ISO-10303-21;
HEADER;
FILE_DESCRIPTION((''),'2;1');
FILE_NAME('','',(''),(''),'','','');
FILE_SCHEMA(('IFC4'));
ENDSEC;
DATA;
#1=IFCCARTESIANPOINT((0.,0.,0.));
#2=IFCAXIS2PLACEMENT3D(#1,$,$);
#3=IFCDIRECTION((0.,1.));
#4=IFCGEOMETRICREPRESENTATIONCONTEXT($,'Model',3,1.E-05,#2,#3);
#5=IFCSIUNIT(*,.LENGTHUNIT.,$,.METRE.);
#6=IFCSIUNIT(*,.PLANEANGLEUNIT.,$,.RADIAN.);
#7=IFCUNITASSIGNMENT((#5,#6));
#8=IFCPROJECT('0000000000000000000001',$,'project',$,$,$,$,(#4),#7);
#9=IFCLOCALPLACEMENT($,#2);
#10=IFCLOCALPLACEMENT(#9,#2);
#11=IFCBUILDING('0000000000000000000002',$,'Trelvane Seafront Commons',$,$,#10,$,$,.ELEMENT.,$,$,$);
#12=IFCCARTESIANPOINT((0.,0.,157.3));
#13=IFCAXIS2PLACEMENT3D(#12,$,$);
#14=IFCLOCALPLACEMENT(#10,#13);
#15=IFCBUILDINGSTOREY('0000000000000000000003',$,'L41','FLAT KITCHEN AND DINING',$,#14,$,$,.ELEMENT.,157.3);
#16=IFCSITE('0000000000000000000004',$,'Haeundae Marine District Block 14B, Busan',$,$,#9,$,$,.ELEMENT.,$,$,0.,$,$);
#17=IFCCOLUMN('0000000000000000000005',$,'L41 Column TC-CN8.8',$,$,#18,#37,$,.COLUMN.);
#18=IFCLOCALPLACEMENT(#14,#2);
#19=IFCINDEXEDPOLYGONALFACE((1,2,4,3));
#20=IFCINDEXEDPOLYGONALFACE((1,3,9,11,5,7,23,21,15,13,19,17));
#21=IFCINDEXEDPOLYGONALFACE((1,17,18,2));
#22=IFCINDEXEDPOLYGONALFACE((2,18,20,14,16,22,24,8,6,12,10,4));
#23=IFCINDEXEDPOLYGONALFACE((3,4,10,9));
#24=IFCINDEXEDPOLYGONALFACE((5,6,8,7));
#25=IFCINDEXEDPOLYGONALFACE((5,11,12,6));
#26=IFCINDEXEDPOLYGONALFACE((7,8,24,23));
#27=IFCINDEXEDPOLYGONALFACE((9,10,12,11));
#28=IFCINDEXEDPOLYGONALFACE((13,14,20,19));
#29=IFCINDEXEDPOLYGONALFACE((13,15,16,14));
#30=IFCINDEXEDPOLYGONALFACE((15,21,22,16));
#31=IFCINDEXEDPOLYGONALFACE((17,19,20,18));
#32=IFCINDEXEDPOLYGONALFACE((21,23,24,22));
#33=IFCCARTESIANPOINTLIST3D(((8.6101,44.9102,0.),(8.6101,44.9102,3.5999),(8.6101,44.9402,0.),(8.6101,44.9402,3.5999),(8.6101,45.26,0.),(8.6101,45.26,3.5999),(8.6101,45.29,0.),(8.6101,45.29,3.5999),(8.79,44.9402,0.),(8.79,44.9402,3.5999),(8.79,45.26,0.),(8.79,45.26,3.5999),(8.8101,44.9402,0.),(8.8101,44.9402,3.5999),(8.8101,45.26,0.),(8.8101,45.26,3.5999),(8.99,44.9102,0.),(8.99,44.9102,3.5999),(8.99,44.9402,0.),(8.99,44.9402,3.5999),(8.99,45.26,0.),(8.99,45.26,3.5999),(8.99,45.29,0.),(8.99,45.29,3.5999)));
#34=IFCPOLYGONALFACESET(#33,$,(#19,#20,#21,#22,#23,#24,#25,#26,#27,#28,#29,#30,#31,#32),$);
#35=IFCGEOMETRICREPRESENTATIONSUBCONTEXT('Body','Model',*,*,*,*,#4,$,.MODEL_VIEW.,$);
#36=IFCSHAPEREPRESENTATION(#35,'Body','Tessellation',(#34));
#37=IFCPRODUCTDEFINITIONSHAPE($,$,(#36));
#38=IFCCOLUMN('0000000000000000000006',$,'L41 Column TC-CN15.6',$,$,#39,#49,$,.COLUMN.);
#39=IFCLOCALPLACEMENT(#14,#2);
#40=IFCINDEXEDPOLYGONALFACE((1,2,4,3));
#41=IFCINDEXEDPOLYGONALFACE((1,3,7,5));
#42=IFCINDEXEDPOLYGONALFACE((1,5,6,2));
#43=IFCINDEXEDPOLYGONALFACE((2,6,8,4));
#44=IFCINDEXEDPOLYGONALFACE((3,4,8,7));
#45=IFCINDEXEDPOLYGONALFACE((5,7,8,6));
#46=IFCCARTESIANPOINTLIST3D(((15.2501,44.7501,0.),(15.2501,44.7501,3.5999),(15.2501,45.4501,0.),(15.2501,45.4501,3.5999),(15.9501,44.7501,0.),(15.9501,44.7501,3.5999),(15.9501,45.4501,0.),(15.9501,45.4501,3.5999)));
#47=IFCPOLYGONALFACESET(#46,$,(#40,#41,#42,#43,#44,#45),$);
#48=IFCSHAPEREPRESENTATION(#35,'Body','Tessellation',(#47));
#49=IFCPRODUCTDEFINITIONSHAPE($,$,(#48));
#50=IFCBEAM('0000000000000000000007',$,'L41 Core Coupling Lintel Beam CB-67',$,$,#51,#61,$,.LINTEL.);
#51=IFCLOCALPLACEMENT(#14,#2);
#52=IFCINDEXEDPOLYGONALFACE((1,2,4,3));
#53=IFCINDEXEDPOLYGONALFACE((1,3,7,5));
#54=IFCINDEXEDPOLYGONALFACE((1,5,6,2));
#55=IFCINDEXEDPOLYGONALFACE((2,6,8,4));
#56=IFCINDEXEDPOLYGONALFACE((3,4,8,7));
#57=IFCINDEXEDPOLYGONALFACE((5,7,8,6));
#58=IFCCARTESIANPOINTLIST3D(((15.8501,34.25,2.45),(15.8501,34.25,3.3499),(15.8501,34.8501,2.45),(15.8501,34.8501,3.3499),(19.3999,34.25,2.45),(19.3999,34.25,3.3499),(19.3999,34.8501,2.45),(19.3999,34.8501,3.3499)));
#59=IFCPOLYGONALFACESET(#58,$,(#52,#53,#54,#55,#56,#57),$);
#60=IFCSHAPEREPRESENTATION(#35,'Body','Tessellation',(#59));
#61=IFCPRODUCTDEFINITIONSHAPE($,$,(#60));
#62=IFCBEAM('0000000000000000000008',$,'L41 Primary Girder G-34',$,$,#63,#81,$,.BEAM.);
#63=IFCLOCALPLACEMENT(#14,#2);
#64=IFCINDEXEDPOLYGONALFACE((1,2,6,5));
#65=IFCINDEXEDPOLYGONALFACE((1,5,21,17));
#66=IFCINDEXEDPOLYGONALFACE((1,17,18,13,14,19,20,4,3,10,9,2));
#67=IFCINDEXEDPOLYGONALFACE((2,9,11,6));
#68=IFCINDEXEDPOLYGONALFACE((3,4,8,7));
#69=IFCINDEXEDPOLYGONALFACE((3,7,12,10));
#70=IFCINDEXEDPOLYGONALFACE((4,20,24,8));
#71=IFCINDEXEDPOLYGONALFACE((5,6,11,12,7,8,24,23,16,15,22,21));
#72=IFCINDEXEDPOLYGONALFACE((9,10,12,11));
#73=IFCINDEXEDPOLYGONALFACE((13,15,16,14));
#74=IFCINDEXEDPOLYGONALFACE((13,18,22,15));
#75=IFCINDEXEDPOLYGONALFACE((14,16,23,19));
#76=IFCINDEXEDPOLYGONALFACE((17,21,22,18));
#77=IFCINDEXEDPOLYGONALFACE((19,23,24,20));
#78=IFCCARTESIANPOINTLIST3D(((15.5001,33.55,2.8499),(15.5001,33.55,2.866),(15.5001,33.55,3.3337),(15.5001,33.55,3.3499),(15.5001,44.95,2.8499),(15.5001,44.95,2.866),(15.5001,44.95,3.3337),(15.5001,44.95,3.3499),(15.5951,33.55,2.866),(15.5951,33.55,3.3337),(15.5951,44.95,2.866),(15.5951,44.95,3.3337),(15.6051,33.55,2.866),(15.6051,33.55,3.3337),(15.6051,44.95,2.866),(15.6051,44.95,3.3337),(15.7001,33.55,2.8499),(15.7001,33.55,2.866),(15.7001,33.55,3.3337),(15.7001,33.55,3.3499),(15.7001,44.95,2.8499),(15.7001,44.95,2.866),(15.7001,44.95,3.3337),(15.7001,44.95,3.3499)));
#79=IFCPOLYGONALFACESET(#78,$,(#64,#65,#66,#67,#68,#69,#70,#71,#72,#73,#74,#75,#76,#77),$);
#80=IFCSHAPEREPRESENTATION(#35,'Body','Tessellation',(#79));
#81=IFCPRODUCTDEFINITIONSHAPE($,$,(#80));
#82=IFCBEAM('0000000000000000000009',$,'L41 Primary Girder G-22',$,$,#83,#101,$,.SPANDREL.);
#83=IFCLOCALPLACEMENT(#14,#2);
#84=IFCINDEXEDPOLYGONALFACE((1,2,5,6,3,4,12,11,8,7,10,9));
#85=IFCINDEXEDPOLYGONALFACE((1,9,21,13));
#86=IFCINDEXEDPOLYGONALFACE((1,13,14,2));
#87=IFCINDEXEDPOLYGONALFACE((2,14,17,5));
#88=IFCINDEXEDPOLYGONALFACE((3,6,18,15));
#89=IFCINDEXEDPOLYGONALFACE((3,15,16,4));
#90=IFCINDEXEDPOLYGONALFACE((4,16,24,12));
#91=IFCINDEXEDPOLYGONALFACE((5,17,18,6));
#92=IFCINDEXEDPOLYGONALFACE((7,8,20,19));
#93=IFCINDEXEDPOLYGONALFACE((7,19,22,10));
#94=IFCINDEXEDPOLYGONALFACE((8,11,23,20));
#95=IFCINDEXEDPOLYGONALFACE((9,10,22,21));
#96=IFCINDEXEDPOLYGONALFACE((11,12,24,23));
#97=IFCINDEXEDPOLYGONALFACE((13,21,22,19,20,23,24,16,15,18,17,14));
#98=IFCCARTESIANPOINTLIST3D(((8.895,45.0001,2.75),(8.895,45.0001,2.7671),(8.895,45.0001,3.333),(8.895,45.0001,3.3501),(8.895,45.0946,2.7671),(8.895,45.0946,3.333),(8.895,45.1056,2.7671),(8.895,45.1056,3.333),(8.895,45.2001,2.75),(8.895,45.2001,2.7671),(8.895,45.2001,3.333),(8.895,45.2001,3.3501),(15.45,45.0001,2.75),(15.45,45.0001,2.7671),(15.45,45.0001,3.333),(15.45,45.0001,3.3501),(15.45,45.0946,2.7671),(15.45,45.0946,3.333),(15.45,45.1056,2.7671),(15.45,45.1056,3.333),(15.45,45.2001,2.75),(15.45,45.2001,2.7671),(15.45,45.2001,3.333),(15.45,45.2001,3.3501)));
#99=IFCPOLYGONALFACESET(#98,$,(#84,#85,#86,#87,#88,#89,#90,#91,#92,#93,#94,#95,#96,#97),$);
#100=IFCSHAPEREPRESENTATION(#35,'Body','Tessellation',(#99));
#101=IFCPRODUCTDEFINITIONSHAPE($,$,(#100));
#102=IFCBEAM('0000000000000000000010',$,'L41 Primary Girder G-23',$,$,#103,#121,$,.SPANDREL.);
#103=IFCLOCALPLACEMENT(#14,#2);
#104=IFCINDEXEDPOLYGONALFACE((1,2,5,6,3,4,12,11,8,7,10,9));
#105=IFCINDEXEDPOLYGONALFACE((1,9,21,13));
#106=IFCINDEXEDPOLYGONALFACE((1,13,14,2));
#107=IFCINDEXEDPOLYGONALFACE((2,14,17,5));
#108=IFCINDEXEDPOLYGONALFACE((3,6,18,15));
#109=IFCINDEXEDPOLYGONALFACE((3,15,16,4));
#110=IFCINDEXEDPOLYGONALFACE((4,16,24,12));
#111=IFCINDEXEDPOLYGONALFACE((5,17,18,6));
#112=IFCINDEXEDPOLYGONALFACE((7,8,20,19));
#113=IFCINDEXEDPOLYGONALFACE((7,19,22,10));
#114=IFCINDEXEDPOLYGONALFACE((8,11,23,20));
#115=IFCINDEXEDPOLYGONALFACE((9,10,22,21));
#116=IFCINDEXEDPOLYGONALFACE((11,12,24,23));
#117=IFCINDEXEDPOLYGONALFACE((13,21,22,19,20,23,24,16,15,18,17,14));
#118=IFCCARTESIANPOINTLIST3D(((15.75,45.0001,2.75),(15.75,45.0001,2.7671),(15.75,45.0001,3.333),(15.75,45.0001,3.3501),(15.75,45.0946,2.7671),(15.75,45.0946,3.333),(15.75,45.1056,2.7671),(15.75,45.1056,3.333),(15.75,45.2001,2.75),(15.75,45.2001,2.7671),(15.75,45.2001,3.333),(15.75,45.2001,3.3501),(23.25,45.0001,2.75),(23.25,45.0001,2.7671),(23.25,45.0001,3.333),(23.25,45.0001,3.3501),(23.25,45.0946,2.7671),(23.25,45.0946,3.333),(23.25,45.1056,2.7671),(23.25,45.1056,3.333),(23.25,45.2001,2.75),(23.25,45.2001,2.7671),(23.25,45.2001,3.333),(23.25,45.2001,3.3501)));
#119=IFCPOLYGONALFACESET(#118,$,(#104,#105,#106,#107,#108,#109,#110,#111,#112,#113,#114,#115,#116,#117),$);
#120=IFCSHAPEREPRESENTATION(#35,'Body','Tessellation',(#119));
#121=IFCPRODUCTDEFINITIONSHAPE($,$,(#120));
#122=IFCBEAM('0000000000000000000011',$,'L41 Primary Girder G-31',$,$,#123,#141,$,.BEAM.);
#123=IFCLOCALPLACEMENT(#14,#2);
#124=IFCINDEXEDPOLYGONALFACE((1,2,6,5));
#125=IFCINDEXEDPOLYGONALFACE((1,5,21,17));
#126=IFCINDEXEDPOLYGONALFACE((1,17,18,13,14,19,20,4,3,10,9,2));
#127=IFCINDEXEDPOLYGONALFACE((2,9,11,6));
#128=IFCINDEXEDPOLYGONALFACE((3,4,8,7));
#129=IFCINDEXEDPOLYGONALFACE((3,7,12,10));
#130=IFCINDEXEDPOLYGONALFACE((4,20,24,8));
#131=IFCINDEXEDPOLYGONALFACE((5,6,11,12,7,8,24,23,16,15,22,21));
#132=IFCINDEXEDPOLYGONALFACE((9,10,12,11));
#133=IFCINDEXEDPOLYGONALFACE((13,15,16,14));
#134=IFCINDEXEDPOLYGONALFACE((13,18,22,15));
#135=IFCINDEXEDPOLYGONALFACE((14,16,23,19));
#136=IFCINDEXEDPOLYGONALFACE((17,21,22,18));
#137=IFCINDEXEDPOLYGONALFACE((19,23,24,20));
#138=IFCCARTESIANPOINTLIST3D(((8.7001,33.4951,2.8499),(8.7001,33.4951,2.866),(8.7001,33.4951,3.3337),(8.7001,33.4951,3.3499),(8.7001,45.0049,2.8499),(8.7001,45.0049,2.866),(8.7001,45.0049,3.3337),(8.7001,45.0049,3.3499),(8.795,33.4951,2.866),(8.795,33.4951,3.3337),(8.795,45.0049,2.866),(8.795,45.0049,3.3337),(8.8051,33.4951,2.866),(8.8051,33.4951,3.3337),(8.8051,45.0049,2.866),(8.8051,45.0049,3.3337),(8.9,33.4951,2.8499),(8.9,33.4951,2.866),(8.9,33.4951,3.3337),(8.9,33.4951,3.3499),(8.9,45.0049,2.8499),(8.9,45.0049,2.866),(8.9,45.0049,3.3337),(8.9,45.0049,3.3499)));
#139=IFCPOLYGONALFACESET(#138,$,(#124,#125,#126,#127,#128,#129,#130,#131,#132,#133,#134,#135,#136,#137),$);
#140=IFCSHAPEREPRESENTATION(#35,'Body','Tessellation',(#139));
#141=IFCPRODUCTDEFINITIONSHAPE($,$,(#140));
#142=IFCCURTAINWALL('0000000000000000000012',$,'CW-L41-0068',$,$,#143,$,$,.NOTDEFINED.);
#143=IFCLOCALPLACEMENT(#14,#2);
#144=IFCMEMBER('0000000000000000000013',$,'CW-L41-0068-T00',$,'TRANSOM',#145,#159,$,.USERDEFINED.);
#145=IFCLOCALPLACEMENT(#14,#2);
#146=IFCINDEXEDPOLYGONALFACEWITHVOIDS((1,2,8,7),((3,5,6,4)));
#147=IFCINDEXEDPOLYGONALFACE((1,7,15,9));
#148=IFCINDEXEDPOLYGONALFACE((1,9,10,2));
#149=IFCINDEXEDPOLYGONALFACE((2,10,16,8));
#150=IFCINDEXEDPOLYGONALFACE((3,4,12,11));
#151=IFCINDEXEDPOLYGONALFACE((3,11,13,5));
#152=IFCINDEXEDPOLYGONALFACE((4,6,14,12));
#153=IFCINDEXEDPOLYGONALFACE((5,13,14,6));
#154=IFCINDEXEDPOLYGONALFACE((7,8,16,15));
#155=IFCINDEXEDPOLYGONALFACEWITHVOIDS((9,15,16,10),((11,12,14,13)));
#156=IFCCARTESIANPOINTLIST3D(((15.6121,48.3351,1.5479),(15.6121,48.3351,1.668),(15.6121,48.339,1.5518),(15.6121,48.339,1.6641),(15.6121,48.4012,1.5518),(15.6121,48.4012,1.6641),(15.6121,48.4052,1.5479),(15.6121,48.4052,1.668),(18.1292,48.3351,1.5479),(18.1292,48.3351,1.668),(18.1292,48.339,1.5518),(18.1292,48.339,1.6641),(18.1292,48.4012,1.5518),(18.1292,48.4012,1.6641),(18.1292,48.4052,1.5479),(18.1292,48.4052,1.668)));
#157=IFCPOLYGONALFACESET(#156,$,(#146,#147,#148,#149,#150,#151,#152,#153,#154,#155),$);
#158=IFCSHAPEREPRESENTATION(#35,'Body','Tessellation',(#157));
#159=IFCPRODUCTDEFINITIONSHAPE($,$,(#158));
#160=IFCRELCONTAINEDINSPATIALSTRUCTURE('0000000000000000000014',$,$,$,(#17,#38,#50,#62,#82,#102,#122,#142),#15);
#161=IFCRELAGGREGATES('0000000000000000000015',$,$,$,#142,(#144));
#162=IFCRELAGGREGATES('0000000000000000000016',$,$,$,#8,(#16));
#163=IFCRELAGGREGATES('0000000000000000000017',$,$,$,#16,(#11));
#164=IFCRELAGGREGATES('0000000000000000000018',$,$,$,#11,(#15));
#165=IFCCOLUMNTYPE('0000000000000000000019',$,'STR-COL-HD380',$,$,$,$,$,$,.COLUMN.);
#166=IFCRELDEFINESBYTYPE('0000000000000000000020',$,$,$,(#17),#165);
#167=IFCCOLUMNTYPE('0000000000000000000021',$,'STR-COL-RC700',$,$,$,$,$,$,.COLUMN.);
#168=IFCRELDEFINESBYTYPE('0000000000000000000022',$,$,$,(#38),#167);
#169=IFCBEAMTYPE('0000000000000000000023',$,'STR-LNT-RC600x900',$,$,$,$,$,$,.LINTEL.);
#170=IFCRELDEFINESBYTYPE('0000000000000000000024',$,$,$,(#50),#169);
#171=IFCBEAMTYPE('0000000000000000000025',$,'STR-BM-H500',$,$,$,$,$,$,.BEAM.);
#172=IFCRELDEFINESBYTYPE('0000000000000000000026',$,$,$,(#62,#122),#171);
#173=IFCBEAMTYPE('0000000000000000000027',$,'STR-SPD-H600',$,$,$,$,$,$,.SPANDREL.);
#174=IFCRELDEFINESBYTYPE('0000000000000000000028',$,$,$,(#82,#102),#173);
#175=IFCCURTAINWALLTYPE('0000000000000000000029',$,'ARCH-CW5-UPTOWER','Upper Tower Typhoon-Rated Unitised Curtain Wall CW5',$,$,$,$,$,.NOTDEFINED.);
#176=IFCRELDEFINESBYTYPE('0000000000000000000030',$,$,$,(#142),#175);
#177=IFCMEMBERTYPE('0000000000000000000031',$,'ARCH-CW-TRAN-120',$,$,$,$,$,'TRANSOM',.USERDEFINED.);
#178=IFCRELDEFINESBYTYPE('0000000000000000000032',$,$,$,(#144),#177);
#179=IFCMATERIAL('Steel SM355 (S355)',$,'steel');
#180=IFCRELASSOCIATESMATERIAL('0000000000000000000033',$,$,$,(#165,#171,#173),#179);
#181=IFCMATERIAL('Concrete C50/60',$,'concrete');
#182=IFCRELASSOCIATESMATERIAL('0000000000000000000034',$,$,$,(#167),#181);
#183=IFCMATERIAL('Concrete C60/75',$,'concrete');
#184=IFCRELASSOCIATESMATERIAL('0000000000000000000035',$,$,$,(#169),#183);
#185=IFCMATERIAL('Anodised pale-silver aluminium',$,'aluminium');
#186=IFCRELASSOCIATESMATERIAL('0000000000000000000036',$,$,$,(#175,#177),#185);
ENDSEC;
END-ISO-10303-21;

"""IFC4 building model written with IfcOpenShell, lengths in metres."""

from ifc_helpers import new_model, si_unit, direction, frame, origin, origin_2d, place, context, subcontext, project, spatial, rectangle, hollow_rectangle, i_section, extrude, source, transform, mapped, material, material_profile, profile_set, type_object, element, aggregate, save


model = new_model("IFC4")

# Units and contexts
model_context = context("Model", 3, precision=1e-05, world=origin(), true_north=direction((0.0, 1.0)))
body_context = subcontext(model_context, "Body", "Model", "MODEL_VIEW")
ifc_project = project(units=[si_unit("LENGTHUNIT", "METRE"), si_unit("PLANEANGLEUNIT", "RADIAN")], contexts=[model_context])

# Site, building, storey
site_placement = place(None, origin())
site = spatial("IfcSite", under=ifc_project, at=site_placement, Name="Haeundae Marine District Block 14B, Busan", CompositionType="ELEMENT", RefElevation=0.0)
building_placement = place(site_placement, origin())
building = spatial("IfcBuilding", under=site, at=building_placement, Name="Trelvane Seafront Commons", CompositionType="ELEMENT")
storey_placement = place(building_placement, frame((0.0, 0.0, 157.3)))
storey = spatial("IfcBuildingStorey", under=building, at=storey_placement, Name="L41", Description="FLAT KITCHEN AND DINING", CompositionType="ELEMENT", Elevation=157.3)

# Columns
ifc_material_1 = material(Name="Steel SM355 (S355)", Category="steel")
ifc_material_profile_1 = material_profile(ifc_material_1, i_section(OverallWidth=0.3799, OverallDepth=0.3799, WebThickness=0.02, FlangeThickness=0.03, at=origin_2d()), Name="HD-380x380x20x30")
ifc_profile_set_1 = profile_set([ifc_material_profile_1], Name="Steel SM355 (S355)")
column_type_1 = type_object("IfcColumnType", Name="STR-COL-HD380", PredefinedType="COLUMN", material=ifc_profile_set_1)
shared_shape_1 = source(origin(), body_context, "Body", "SweptSolid", [
    extrude(i_section(OverallWidth=0.3799, OverallDepth=0.3799, WebThickness=0.02, FlangeThickness=0.03, at=origin_2d()), origin(), (0.0, 0.0, 1.0), 3.5999),
])
column_1_placement = place(storey_placement, frame((8.8, 45.1001, 0.0), z_axis=(0.0, 0.0, 1.0), x_axis=(1.0, 0.0, 0.0)))
element("IfcColumn", 1, at=column_1_placement, inside=storey, type_object=column_type_1, Name="L41 Column TC-CN8.8", PredefinedType="COLUMN", context=body_context, shape_type="MappedRepresentation", body=[
    mapped(shared_shape_1, transform((0.0, 0.0, 0.0), x_axis=(1.0, 0.0, 0.0), y_axis=(0.0, 1.0, 0.0), z_axis=(0.0, 0.0, 1.0), scale=1.0)),
])
ifc_material_2 = material(Name="Concrete C50/60", Category="concrete")
ifc_material_profile_2 = material_profile(ifc_material_2, rectangle(XDim=0.7, YDim=0.7, at=origin_2d()), Name="RC-700x700")
ifc_profile_set_2 = profile_set([ifc_material_profile_2], Name="Concrete C50/60")
column_type_2 = type_object("IfcColumnType", Name="STR-COL-RC700", PredefinedType="COLUMN", material=ifc_profile_set_2)
shared_shape_2 = source(origin(), body_context, "Body", "SweptSolid", [
    extrude(rectangle(XDim=0.7, YDim=0.7, at=origin_2d()), origin(), (0.0, 0.0, 1.0), 3.5999),
])
column_2_placement = place(storey_placement, frame((15.6001, 45.1001, 0.0), z_axis=(0.0, 0.0, 1.0), x_axis=(1.0, 0.0, 0.0)))
element("IfcColumn", 2, at=column_2_placement, inside=storey, type_object=column_type_2, Name="L41 Column TC-CN15.6", PredefinedType="COLUMN", context=body_context, shape_type="MappedRepresentation", body=[
    mapped(shared_shape_2, transform((0.0, 0.0, 0.0), x_axis=(1.0, 0.0, 0.0), y_axis=(0.0, 1.0, 0.0), z_axis=(0.0, 0.0, 1.0), scale=1.0)),
])

# Beams
ifc_material_3 = material(Name="Concrete C60/75", Category="concrete")
ifc_material_profile_3 = material_profile(ifc_material_3, rectangle(XDim=0.6001, YDim=0.8999, at=origin_2d()), Name="RC-600x900")
ifc_profile_set_3 = profile_set([ifc_material_profile_3], Name="Concrete C60/75")
beam_type_1 = type_object("IfcBeamType", Name="STR-LNT-RC600x900", PredefinedType="LINTEL", material=ifc_profile_set_3)
shared_shape_3 = source(origin(), body_context, "Body", "SweptSolid", [
    extrude(rectangle(XDim=0.6001, YDim=0.8999, at=origin_2d()), origin(), (0.0, 0.0, 1.0), 3.5498),
])
beam_1_placement = place(storey_placement, frame((15.8501, 34.55, 2.8999), z_axis=(1.0, 0.0, 0.0), x_axis=(0.0, 1.0, 0.0)))
element("IfcBeam", 3, at=beam_1_placement, inside=storey, type_object=beam_type_1, Name="L41 Core Coupling Lintel Beam CB-67", PredefinedType="LINTEL", context=body_context, shape_type="MappedRepresentation", body=[
    mapped(shared_shape_3, transform((0.0, 0.0, 0.0), x_axis=(1.0, 0.0, 0.0), y_axis=(0.0, 1.0, 0.0), z_axis=(0.0, 0.0, 1.0), scale=1.0)),
])
ifc_material_profile_4 = material_profile(ifc_material_1, i_section(OverallWidth=0.2, OverallDepth=0.5, WebThickness=0.01, FlangeThickness=0.0161, at=origin_2d()), Name="H-500x200x10x16")
ifc_profile_set_4 = profile_set([ifc_material_profile_4], Name="Steel SM355 (S355)")
beam_type_2 = type_object("IfcBeamType", Name="STR-BM-H500", PredefinedType="BEAM", material=ifc_profile_set_4)
shared_shape_4 = source(origin(), body_context, "Body", "SweptSolid", [
    extrude(i_section(OverallWidth=0.2, OverallDepth=0.5, WebThickness=0.01, FlangeThickness=0.0161, at=origin_2d()), origin(), (0.0, 0.0, 1.0), 11.3999),
])
beam_2_placement = place(storey_placement, frame((15.6001, 33.55, 3.0999), z_axis=(0.0, 1.0, 0.0), x_axis=(-1.0, 0.0, 0.0)))
element("IfcBeam", 4, at=beam_2_placement, inside=storey, type_object=beam_type_2, Name="L41 Primary Girder G-34", PredefinedType="BEAM", context=body_context, shape_type="MappedRepresentation", body=[
    mapped(shared_shape_4, transform((0.0, 0.0, 0.0), x_axis=(1.0, 0.0, 0.0), y_axis=(0.0, 1.0, 0.0), z_axis=(0.0, 0.0, 1.0), scale=1.0)),
])
ifc_material_profile_5 = material_profile(ifc_material_1, i_section(OverallWidth=0.2, OverallDepth=0.6001, WebThickness=0.011, FlangeThickness=0.0171, at=origin_2d()), Name="H-600x200x11x17")
ifc_profile_set_5 = profile_set([ifc_material_profile_5], Name="Steel SM355 (S355)")
beam_type_3 = type_object("IfcBeamType", Name="STR-SPD-H600", PredefinedType="SPANDREL", material=ifc_profile_set_5)
shared_shape_5 = source(origin(), body_context, "Body", "SweptSolid", [
    extrude(i_section(OverallWidth=0.2, OverallDepth=0.6001, WebThickness=0.011, FlangeThickness=0.0171, at=origin_2d()), origin(), (0.0, 0.0, 1.0), 6.5549),
])
beam_3_placement = place(storey_placement, frame((8.895, 45.1001, 3.05), z_axis=(1.0, 0.0, 0.0), x_axis=(0.0, 1.0, 0.0)))
element("IfcBeam", 5, at=beam_3_placement, inside=storey, type_object=beam_type_3, Name="L41 Primary Girder G-22", PredefinedType="SPANDREL", context=body_context, shape_type="MappedRepresentation", body=[
    mapped(shared_shape_5, transform((0.0, 0.0, 0.0), x_axis=(1.0, 0.0, 0.0), y_axis=(0.0, 1.0, 0.0), z_axis=(0.0, 0.0, 1.0), scale=1.0)),
])
shared_shape_6 = source(origin(), body_context, "Body", "SweptSolid", [
    extrude(i_section(OverallWidth=0.2, OverallDepth=0.6001, WebThickness=0.011, FlangeThickness=0.0171, at=origin_2d()), origin(), (0.0, 0.0, 1.0), 7.5),
])
beam_4_placement = place(storey_placement, frame((15.75, 45.1001, 3.05), z_axis=(1.0, 0.0, 0.0), x_axis=(0.0, 1.0, 0.0)))
element("IfcBeam", 6, at=beam_4_placement, inside=storey, type_object=beam_type_3, Name="L41 Primary Girder G-23", PredefinedType="SPANDREL", context=body_context, shape_type="MappedRepresentation", body=[
    mapped(shared_shape_6, transform((0.0, 0.0, 0.0), x_axis=(1.0, 0.0, 0.0), y_axis=(0.0, 1.0, 0.0), z_axis=(0.0, 0.0, 1.0), scale=1.0)),
])
shared_shape_7 = source(origin(), body_context, "Body", "SweptSolid", [
    extrude(i_section(OverallWidth=0.2, OverallDepth=0.5, WebThickness=0.01, FlangeThickness=0.0161, at=origin_2d()), origin(), (0.0, 0.0, 1.0), 11.5098),
])
beam_5_placement = place(storey_placement, frame((8.8, 33.4951, 3.0999), z_axis=(0.0, 1.0, 0.0), x_axis=(-1.0, 0.0, 0.0)))
element("IfcBeam", 7, at=beam_5_placement, inside=storey, type_object=beam_type_2, Name="L41 Primary Girder G-31", PredefinedType="BEAM", context=body_context, shape_type="MappedRepresentation", body=[
    mapped(shared_shape_7, transform((0.0, 0.0, 0.0), x_axis=(1.0, 0.0, 0.0), y_axis=(0.0, 1.0, 0.0), z_axis=(0.0, 0.0, 1.0), scale=1.0)),
])

# Curtain wall, member
ifc_material_4 = material(Name="Anodised pale-silver aluminium", Category="aluminium")
curtain_wall_type = type_object("IfcCurtainWallType", Name="ARCH-CW5-UPTOWER", Description="Upper Tower Typhoon-Rated Unitised Curtain Wall CW5", PredefinedType="NOTDEFINED", material=ifc_material_4)
curtain_wall_placement = place(storey_placement, origin())
curtain_wall = element("IfcCurtainWall", 8, at=curtain_wall_placement, inside=storey, type_object=curtain_wall_type, Name="CW-L41-0068", PredefinedType="NOTDEFINED")
ifc_material_profile_6 = material_profile(ifc_material_4, hollow_rectangle(XDim=0.0701, YDim=0.1201, WallThickness=0.0039, at=origin_2d()), Name="TRAN-70x120x4")
ifc_profile_set_6 = profile_set([ifc_material_profile_6], Name="Anodised pale-silver aluminium")
member_type_1 = type_object("IfcMemberType", Name="ARCH-CW-TRAN-120", ElementType="TRANSOM", PredefinedType="USERDEFINED", material=ifc_profile_set_6)
shared_shape_8 = source(origin(), body_context, "Body", "SweptSolid", [
    extrude(hollow_rectangle(XDim=0.0701, YDim=0.1201, WallThickness=0.0039, at=origin_2d()), origin(), (0.0, 0.0, 1.0), 2.5171),
])
member_1_placement = place(storey_placement, frame((15.6121, 48.3701, 1.6079), z_axis=(1.0, 0.0, 0.0), x_axis=(0.0, 1.0, 0.0)))
member_1 = element("IfcMember", 9, at=member_1_placement, type_object=member_type_1, Name="CW-L41-0068-T00", ObjectType="TRANSOM", PredefinedType="USERDEFINED", context=body_context, shape_type="MappedRepresentation", body=[
    mapped(shared_shape_8, transform((0.0, 0.0, 0.0), x_axis=(1.0, 0.0, 0.0), y_axis=(0.0, 1.0, 0.0), z_axis=(0.0, 0.0, 1.0), scale=1.0)),
])

aggregate(curtain_wall, [member_1])

save(model, "model.ifc")
